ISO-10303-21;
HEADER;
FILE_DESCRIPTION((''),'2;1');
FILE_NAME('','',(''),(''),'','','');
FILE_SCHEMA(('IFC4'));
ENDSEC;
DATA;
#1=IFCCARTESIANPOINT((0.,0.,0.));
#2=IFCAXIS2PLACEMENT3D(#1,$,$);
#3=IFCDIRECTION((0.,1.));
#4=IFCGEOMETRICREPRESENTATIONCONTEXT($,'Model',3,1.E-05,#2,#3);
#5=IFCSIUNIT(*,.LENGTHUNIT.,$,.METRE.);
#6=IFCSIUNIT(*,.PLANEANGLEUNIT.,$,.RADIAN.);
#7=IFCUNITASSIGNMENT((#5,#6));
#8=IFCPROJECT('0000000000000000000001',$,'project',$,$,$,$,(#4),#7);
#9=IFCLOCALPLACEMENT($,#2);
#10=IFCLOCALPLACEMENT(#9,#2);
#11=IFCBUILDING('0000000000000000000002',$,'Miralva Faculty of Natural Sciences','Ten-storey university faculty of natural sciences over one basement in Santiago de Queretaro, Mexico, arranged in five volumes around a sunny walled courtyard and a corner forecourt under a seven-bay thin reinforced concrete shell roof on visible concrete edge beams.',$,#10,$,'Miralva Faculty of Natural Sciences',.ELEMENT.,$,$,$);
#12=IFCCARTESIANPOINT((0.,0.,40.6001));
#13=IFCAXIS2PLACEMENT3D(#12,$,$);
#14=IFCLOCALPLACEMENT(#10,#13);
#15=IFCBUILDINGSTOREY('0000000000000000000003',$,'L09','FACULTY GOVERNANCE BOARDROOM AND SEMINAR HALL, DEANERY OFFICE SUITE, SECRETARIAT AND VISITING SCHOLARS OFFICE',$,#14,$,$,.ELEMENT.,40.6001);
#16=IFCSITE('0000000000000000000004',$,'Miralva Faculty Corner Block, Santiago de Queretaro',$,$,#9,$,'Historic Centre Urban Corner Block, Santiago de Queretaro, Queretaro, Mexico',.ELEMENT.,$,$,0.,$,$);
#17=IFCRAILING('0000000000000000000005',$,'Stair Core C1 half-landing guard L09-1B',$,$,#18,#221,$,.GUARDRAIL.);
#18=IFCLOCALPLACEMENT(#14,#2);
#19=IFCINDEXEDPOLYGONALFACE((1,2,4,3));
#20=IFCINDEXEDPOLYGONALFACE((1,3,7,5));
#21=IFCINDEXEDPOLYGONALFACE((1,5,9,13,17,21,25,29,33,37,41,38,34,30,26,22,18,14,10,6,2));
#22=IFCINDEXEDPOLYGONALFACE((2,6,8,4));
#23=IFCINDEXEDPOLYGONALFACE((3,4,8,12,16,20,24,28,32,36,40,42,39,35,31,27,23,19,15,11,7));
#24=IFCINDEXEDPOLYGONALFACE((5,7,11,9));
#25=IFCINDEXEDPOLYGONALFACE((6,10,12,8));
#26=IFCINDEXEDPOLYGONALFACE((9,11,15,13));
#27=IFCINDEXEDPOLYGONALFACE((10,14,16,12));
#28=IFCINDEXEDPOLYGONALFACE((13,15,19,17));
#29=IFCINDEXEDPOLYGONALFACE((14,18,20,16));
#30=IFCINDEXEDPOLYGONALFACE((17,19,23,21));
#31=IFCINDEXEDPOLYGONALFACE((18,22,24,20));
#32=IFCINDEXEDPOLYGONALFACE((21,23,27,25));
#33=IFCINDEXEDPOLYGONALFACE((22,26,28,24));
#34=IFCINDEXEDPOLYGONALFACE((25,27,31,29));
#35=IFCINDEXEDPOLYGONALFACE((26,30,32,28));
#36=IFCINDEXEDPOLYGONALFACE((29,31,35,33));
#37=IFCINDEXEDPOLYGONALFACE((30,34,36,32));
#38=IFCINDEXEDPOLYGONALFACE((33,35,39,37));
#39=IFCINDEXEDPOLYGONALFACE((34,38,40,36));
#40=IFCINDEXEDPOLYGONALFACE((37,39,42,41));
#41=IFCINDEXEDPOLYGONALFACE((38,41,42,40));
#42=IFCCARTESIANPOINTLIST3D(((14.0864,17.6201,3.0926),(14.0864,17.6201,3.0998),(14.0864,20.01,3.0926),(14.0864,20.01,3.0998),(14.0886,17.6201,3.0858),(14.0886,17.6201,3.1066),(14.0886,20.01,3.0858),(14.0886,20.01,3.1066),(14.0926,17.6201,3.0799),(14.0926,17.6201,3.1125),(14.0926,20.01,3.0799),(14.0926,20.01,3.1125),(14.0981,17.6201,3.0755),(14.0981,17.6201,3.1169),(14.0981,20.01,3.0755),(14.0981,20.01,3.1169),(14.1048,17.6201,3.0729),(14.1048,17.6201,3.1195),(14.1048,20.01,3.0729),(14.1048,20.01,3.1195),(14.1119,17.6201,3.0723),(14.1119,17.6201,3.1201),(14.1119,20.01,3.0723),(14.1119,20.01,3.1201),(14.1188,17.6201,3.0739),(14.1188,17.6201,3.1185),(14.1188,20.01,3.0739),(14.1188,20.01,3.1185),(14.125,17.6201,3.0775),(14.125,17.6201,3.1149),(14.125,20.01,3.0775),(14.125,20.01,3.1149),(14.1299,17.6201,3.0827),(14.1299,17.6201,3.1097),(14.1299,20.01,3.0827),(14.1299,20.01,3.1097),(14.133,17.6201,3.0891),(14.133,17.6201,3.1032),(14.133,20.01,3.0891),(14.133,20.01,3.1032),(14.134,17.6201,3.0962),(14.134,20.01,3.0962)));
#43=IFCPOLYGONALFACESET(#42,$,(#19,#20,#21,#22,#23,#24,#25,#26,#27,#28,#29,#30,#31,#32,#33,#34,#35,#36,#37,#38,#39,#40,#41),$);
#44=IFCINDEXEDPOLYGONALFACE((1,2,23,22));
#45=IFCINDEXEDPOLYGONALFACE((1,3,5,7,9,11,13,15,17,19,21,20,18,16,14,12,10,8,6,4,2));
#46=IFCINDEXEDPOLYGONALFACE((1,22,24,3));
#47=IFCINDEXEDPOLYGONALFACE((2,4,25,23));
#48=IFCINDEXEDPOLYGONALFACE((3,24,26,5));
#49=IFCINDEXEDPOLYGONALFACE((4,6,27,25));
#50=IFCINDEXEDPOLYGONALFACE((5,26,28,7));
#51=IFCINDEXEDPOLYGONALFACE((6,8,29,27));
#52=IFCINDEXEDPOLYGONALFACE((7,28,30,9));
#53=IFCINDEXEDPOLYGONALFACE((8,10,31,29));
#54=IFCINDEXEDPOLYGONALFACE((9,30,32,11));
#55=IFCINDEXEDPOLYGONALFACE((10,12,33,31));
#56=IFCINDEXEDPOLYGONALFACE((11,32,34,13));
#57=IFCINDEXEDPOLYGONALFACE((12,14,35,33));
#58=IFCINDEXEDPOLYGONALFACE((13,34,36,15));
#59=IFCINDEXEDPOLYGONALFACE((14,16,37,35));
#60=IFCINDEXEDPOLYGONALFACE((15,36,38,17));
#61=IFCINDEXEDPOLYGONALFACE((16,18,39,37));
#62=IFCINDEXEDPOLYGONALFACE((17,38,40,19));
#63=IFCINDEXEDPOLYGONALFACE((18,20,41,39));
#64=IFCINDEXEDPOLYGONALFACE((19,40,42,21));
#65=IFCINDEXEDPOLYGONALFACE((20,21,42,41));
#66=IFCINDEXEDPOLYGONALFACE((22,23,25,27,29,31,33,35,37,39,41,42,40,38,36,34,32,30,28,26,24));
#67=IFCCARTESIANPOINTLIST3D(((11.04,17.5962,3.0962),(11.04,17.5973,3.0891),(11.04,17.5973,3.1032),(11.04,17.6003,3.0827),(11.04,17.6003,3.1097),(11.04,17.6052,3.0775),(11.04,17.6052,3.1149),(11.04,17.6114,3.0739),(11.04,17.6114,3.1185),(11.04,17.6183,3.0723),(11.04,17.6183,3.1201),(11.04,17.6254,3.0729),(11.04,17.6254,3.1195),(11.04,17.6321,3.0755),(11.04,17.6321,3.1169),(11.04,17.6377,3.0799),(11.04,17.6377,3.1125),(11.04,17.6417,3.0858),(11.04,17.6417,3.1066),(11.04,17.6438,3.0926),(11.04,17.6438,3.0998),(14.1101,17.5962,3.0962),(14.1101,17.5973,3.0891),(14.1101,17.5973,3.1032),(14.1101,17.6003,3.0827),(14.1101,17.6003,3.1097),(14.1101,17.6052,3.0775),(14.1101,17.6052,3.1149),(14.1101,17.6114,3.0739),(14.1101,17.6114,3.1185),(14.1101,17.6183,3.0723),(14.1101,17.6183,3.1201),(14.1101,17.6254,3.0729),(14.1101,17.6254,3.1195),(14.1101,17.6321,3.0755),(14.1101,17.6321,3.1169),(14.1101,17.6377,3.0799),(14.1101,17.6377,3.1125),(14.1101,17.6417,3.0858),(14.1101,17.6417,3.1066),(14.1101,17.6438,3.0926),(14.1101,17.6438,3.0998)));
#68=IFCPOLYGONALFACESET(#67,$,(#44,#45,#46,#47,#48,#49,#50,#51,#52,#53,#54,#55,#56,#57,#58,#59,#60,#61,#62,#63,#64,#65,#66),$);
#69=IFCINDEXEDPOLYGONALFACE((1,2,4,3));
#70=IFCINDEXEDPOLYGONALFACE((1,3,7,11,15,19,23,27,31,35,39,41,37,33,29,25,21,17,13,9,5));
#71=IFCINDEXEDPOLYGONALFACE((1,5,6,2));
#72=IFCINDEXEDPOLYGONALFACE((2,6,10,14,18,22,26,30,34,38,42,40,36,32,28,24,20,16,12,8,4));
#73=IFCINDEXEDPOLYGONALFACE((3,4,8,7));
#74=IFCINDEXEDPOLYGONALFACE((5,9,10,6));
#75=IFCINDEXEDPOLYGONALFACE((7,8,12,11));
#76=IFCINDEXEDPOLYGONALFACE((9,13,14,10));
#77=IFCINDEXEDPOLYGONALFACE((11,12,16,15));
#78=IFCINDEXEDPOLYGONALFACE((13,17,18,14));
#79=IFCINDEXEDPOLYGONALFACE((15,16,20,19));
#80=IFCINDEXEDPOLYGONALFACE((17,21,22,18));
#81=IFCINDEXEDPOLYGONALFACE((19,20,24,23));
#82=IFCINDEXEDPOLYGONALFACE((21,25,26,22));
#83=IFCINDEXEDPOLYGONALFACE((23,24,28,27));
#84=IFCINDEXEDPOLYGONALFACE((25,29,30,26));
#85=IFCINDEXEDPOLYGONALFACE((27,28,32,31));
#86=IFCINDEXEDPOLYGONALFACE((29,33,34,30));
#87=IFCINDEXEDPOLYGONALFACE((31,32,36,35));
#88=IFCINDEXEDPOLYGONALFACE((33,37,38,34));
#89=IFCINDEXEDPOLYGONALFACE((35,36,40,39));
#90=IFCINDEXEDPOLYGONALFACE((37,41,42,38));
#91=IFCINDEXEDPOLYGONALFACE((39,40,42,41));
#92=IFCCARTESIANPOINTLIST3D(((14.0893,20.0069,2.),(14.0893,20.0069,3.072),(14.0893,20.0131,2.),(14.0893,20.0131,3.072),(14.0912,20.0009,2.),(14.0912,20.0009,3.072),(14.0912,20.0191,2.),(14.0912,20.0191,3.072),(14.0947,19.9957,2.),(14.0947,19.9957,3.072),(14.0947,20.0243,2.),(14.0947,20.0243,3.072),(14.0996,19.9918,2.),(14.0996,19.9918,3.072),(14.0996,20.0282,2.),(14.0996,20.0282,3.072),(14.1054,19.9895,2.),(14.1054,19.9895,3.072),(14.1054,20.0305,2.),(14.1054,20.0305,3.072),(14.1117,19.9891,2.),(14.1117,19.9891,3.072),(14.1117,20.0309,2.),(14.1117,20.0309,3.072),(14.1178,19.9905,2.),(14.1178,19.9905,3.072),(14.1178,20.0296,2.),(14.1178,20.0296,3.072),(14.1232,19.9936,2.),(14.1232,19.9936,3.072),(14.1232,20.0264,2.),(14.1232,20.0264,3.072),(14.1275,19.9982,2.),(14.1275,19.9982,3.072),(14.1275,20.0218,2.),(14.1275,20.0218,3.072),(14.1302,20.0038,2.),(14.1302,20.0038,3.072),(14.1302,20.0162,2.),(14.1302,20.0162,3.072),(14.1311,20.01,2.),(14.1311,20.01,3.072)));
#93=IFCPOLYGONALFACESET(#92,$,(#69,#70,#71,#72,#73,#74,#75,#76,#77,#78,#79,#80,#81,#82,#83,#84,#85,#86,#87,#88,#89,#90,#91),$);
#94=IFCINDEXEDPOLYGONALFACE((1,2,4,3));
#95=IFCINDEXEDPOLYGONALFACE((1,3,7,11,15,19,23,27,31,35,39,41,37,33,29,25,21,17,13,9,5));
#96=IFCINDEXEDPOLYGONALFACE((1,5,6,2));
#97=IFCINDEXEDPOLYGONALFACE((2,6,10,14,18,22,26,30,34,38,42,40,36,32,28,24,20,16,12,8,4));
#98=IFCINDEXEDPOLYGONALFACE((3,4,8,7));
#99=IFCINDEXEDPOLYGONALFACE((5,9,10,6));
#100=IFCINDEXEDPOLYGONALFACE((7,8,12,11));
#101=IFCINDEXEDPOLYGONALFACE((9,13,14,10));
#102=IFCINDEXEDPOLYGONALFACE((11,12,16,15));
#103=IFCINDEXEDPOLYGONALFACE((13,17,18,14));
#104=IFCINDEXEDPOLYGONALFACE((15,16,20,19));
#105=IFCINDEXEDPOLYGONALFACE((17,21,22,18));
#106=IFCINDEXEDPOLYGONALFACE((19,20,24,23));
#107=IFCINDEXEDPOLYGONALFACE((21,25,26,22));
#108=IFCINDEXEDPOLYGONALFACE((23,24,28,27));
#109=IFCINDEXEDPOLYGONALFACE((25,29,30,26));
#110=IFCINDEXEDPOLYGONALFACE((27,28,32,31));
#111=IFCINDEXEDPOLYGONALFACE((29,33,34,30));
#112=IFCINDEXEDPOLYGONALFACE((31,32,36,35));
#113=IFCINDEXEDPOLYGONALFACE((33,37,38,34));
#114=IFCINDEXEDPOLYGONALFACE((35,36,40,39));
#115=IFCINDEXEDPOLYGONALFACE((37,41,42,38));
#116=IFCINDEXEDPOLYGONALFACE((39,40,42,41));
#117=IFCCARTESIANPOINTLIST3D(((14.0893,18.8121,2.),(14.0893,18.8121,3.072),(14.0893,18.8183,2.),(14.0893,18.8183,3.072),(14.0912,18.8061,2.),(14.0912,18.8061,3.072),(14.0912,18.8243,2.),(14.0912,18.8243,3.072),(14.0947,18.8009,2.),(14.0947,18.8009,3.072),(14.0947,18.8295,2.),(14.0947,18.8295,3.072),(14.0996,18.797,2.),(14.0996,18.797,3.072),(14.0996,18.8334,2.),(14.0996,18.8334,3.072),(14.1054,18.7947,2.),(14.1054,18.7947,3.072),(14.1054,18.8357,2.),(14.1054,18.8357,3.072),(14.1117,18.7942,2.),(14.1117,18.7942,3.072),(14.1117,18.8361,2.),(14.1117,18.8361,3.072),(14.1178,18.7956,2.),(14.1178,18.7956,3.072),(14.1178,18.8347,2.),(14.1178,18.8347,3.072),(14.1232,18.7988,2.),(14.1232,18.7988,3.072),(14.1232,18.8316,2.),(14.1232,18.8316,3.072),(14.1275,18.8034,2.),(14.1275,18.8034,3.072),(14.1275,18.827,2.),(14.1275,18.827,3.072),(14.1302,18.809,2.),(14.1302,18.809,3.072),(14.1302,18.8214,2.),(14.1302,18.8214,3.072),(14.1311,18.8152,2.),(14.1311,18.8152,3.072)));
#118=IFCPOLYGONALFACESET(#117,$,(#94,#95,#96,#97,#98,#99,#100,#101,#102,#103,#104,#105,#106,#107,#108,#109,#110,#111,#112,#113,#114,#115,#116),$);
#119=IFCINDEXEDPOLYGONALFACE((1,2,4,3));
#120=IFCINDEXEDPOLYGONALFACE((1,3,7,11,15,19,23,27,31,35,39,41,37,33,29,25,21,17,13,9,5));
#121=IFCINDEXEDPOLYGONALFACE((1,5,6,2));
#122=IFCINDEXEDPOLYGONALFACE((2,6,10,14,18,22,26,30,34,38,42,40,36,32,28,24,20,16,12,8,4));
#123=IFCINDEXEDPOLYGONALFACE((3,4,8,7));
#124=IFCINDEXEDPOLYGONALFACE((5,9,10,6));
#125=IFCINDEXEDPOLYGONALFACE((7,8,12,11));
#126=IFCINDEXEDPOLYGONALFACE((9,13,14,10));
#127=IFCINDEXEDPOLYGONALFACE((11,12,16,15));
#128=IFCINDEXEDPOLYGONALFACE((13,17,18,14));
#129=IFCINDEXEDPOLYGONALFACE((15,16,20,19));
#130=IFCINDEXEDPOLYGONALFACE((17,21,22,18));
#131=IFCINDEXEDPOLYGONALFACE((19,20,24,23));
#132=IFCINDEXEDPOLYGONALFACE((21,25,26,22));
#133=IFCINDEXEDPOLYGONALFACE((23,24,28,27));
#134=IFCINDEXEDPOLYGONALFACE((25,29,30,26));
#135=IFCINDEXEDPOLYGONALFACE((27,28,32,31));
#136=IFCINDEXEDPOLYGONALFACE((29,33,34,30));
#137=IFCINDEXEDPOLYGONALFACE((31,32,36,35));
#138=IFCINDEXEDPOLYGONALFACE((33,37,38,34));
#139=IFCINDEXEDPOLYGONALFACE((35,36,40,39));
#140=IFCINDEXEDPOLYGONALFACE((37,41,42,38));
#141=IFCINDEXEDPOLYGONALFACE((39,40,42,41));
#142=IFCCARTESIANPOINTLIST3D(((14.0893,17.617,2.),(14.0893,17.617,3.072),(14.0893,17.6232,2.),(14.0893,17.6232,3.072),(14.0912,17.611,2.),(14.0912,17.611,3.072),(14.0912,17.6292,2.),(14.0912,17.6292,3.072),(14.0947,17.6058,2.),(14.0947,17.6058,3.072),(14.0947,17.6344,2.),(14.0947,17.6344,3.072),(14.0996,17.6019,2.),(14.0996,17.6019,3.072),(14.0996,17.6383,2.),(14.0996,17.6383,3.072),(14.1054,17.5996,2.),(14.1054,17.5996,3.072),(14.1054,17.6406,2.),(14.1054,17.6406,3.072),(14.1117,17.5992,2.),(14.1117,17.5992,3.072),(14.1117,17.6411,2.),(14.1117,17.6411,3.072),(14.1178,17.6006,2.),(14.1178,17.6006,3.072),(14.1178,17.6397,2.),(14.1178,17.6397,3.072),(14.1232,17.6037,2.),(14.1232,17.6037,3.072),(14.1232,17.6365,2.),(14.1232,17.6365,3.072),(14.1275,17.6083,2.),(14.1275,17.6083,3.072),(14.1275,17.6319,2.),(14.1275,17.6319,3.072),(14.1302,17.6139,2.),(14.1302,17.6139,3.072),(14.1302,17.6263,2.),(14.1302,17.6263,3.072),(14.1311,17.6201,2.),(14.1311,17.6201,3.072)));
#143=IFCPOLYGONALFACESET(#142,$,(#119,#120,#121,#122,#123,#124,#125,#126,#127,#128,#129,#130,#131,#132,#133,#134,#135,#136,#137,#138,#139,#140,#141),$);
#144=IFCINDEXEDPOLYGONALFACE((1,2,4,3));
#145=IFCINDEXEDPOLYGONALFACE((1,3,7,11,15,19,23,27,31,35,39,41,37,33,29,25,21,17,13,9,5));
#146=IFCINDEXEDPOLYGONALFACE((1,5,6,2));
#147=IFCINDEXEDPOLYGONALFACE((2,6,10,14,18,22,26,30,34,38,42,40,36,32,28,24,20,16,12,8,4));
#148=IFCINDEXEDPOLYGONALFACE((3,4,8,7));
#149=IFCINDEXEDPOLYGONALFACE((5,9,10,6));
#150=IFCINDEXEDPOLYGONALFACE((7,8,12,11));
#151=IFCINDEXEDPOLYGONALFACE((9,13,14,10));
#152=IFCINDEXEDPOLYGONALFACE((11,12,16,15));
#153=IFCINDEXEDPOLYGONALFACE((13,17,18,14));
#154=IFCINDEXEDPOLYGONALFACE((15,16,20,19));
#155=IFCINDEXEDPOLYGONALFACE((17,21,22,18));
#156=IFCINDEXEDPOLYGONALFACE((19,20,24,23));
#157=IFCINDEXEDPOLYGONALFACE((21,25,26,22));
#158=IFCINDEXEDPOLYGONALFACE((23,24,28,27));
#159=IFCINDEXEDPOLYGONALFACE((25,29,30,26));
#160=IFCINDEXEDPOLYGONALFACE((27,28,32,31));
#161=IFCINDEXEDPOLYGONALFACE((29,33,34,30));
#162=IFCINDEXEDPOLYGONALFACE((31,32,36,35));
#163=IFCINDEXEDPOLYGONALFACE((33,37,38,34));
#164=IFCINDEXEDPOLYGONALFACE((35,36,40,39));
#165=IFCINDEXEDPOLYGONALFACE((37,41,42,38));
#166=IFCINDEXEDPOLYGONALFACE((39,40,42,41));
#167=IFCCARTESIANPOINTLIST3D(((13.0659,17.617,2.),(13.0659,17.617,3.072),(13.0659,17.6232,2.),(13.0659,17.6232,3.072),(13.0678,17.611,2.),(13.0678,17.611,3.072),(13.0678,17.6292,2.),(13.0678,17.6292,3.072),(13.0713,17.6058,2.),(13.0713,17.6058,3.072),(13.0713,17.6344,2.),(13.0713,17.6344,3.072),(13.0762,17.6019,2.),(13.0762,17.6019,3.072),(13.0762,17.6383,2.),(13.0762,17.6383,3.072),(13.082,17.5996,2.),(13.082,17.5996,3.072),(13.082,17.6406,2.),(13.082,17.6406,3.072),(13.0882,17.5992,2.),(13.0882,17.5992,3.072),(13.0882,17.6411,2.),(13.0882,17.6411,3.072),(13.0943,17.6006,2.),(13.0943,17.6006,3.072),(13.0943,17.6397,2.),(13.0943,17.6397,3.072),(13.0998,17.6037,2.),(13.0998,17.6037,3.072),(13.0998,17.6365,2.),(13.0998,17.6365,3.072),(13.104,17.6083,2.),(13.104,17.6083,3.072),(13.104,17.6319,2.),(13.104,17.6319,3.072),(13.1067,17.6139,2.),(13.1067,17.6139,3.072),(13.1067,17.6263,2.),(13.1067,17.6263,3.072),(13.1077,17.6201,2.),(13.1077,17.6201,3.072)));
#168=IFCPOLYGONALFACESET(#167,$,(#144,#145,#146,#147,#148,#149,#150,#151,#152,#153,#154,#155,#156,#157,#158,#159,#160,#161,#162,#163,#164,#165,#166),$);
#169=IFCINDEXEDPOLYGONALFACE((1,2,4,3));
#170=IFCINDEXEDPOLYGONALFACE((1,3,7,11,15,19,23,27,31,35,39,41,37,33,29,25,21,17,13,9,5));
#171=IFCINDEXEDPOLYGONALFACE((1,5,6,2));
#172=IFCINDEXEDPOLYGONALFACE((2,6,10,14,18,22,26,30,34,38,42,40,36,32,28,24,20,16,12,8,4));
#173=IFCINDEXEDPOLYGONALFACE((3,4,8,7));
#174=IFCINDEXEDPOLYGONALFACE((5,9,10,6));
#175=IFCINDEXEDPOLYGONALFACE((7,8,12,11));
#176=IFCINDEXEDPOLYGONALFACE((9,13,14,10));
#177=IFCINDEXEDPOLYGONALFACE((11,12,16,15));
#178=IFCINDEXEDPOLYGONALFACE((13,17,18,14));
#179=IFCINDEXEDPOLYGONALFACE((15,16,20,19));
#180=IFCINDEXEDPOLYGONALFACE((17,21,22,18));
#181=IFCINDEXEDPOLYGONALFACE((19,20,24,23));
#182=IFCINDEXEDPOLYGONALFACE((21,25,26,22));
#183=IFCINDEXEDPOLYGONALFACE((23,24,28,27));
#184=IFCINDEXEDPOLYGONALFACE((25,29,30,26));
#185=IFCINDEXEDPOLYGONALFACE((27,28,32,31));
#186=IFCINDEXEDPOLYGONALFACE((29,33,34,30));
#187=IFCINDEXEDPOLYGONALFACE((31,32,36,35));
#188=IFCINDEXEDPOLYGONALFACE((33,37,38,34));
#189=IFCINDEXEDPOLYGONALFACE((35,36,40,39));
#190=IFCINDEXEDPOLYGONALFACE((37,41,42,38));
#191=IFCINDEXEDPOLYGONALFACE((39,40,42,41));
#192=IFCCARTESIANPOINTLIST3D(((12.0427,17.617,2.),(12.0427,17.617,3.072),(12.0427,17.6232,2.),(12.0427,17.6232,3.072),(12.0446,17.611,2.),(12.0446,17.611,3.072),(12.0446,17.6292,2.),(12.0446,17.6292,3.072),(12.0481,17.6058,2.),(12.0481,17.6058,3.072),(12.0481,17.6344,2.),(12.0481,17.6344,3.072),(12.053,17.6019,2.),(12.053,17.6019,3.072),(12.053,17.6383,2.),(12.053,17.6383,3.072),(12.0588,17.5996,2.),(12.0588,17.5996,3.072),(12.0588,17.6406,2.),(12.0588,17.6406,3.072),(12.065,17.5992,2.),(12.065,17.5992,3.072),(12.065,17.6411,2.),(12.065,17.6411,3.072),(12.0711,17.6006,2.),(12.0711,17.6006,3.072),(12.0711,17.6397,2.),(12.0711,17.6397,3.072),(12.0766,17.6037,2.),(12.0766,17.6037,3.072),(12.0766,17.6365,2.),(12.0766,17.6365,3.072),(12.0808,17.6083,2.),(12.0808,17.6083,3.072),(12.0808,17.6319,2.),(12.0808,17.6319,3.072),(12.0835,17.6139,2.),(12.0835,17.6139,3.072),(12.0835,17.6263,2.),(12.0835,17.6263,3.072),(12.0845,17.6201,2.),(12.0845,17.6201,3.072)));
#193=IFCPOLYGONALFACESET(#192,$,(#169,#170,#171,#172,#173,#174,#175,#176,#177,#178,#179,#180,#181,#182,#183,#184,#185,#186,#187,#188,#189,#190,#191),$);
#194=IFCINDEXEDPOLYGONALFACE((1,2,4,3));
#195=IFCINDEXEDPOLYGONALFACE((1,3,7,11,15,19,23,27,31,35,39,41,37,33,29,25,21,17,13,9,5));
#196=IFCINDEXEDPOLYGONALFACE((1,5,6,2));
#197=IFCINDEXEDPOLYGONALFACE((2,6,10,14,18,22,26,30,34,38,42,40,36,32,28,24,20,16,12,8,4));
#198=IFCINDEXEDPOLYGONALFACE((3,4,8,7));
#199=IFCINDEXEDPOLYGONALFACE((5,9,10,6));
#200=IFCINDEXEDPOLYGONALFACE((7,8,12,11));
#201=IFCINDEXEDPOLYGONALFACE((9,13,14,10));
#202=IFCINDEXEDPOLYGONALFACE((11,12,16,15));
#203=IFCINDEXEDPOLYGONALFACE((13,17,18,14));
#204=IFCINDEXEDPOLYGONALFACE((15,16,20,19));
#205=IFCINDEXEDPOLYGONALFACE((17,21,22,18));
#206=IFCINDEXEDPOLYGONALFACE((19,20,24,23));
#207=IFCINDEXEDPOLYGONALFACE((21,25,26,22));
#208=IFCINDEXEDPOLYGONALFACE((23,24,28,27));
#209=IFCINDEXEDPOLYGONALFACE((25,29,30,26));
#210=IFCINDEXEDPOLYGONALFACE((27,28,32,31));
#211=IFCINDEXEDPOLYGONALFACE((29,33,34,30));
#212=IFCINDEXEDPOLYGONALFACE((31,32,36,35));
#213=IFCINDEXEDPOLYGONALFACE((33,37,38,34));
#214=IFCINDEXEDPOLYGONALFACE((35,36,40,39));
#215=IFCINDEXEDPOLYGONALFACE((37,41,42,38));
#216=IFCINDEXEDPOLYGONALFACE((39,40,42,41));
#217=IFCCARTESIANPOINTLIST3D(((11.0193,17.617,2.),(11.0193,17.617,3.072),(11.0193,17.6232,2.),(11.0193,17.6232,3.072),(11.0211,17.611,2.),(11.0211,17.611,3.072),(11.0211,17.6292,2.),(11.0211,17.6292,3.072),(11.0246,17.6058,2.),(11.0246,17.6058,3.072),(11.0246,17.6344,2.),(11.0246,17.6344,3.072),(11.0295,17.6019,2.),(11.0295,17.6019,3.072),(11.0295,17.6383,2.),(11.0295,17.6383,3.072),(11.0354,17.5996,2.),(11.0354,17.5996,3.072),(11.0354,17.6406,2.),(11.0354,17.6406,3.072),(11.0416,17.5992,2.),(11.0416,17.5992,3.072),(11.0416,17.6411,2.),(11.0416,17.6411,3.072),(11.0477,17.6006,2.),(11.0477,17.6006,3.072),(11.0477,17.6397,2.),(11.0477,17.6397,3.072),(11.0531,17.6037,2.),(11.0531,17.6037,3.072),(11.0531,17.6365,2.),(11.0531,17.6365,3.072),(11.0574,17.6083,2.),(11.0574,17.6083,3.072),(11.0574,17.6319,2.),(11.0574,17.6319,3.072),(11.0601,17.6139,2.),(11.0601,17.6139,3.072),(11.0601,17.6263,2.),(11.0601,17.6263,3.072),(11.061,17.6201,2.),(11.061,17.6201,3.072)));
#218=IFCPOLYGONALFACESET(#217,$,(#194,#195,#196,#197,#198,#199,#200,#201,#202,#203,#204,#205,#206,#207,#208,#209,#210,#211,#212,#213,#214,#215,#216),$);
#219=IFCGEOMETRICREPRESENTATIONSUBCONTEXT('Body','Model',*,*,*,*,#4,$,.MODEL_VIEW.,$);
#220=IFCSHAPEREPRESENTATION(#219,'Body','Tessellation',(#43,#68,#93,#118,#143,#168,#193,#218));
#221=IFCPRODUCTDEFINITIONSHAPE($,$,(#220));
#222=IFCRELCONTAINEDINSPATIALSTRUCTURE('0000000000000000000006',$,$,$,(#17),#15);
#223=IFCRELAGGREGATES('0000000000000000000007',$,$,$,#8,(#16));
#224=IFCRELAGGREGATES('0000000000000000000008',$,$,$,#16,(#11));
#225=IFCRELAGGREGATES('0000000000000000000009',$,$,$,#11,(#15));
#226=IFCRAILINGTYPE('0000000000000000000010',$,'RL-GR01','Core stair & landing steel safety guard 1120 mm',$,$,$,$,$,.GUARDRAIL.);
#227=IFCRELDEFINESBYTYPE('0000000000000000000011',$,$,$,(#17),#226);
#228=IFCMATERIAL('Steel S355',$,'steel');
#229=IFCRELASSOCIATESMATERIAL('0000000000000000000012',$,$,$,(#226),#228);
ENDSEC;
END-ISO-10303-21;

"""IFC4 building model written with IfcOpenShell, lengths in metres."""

from ifc_helpers import new_model, si_unit, direction, frame, origin, origin_2d, place, context, subcontext, project, spatial, circle, extrude, material, type_object, element, save


model = new_model("IFC4")

# Units and contexts
model_context = context("Model", 3, precision=1e-05, world=origin(), true_north=direction((0.0, 1.0)))
body_context = subcontext(model_context, "Body", "Model", "MODEL_VIEW")
ifc_project = project(units=[si_unit("LENGTHUNIT", "METRE"), si_unit("PLANEANGLEUNIT", "RADIAN")], contexts=[model_context])

# Site, building, storey
site_placement = place(None, origin())
site = spatial("IfcSite", under=ifc_project, at=site_placement, Name="Miralva Faculty Corner Block, Santiago de Queretaro", LongName="Historic Centre Urban Corner Block, Santiago de Queretaro, Queretaro, Mexico", CompositionType="ELEMENT", RefElevation=0.0)
building_placement = place(site_placement, origin())
building = spatial("IfcBuilding", under=site, at=building_placement, Name="Miralva Faculty of Natural Sciences", Description="Ten-storey university faculty of natural sciences over one basement in Santiago de Queretaro, Mexico, arranged in five volumes around a sunny walled courtyard and a corner forecourt under a seven-bay thin reinforced concrete shell roof on visible concrete edge beams.", LongName="Miralva Faculty of Natural Sciences", CompositionType="ELEMENT")
storey_placement = place(building_placement, frame((0.0, 0.0, 40.6001)))
storey = spatial("IfcBuildingStorey", under=building, at=storey_placement, Name="L09", Description="FACULTY GOVERNANCE BOARDROOM AND SEMINAR HALL, DEANERY OFFICE SUITE, SECRETARIAT AND VISITING SCHOLARS OFFICE", CompositionType="ELEMENT", Elevation=40.6001)

# Shared definitions
ifc_material_1 = material(Name="Steel S355", Category="steel")

# Railing
railing_type_1 = type_object("IfcRailingType", Name="RL-GR01", Description="Core stair & landing steel safety guard 1120 mm", PredefinedType="GUARDRAIL", material=ifc_material_1)
railing_1_placement = place(storey_placement, frame((14.1101, 20.01, 2.0)))
element("IfcRailing", 1, at=railing_1_placement, inside=storey, type_object=railing_type_1, Name="Stair Core C1 half-landing guard L09-1B", PredefinedType="GUARDRAIL", context=body_context, shape_type="SweptSolid", body=[
    extrude(circle(Radius=0.0239, at=origin_2d()), frame((0.0, 0.0, 1.0962), z_axis=(0.0, -1.0, 0.0), x_axis=(1.0, 0.0, 0.0)), (0.0, 0.0, 1.0), 2.3899),
    extrude(circle(Radius=0.0239, at=origin_2d()), frame((0.0, -2.3899, 1.0962), z_axis=(-1.0, 0.0, 0.0), x_axis=(0.0, -1.0, 0.0)), (0.0, 0.0, 1.0), 3.0701),
    extrude(circle(Radius=0.021, at=origin_2d()), origin(), (0.0, 0.0, 1.0), 1.072),
    extrude(circle(Radius=0.021, at=origin_2d()), frame((0.0, -1.1948, 0.0)), (0.0, 0.0, 1.0), 1.072),
    extrude(circle(Radius=0.021, at=origin_2d()), frame((0.0, -2.3899, 0.0)), (0.0, 0.0, 1.0), 1.072),
    extrude(circle(Radius=0.021, at=origin_2d()), frame((-1.0234, -2.3899, 0.0)), (0.0, 0.0, 1.0), 1.072),
    extrude(circle(Radius=0.021, at=origin_2d()), frame((-2.0466, -2.3899, 0.0)), (0.0, 0.0, 1.0), 1.072),
    extrude(circle(Radius=0.021, at=origin_2d()), frame((-3.0701, -2.3899, 0.0)), (0.0, 0.0, 1.0), 1.072),
])

save(model, "model.ifc")
